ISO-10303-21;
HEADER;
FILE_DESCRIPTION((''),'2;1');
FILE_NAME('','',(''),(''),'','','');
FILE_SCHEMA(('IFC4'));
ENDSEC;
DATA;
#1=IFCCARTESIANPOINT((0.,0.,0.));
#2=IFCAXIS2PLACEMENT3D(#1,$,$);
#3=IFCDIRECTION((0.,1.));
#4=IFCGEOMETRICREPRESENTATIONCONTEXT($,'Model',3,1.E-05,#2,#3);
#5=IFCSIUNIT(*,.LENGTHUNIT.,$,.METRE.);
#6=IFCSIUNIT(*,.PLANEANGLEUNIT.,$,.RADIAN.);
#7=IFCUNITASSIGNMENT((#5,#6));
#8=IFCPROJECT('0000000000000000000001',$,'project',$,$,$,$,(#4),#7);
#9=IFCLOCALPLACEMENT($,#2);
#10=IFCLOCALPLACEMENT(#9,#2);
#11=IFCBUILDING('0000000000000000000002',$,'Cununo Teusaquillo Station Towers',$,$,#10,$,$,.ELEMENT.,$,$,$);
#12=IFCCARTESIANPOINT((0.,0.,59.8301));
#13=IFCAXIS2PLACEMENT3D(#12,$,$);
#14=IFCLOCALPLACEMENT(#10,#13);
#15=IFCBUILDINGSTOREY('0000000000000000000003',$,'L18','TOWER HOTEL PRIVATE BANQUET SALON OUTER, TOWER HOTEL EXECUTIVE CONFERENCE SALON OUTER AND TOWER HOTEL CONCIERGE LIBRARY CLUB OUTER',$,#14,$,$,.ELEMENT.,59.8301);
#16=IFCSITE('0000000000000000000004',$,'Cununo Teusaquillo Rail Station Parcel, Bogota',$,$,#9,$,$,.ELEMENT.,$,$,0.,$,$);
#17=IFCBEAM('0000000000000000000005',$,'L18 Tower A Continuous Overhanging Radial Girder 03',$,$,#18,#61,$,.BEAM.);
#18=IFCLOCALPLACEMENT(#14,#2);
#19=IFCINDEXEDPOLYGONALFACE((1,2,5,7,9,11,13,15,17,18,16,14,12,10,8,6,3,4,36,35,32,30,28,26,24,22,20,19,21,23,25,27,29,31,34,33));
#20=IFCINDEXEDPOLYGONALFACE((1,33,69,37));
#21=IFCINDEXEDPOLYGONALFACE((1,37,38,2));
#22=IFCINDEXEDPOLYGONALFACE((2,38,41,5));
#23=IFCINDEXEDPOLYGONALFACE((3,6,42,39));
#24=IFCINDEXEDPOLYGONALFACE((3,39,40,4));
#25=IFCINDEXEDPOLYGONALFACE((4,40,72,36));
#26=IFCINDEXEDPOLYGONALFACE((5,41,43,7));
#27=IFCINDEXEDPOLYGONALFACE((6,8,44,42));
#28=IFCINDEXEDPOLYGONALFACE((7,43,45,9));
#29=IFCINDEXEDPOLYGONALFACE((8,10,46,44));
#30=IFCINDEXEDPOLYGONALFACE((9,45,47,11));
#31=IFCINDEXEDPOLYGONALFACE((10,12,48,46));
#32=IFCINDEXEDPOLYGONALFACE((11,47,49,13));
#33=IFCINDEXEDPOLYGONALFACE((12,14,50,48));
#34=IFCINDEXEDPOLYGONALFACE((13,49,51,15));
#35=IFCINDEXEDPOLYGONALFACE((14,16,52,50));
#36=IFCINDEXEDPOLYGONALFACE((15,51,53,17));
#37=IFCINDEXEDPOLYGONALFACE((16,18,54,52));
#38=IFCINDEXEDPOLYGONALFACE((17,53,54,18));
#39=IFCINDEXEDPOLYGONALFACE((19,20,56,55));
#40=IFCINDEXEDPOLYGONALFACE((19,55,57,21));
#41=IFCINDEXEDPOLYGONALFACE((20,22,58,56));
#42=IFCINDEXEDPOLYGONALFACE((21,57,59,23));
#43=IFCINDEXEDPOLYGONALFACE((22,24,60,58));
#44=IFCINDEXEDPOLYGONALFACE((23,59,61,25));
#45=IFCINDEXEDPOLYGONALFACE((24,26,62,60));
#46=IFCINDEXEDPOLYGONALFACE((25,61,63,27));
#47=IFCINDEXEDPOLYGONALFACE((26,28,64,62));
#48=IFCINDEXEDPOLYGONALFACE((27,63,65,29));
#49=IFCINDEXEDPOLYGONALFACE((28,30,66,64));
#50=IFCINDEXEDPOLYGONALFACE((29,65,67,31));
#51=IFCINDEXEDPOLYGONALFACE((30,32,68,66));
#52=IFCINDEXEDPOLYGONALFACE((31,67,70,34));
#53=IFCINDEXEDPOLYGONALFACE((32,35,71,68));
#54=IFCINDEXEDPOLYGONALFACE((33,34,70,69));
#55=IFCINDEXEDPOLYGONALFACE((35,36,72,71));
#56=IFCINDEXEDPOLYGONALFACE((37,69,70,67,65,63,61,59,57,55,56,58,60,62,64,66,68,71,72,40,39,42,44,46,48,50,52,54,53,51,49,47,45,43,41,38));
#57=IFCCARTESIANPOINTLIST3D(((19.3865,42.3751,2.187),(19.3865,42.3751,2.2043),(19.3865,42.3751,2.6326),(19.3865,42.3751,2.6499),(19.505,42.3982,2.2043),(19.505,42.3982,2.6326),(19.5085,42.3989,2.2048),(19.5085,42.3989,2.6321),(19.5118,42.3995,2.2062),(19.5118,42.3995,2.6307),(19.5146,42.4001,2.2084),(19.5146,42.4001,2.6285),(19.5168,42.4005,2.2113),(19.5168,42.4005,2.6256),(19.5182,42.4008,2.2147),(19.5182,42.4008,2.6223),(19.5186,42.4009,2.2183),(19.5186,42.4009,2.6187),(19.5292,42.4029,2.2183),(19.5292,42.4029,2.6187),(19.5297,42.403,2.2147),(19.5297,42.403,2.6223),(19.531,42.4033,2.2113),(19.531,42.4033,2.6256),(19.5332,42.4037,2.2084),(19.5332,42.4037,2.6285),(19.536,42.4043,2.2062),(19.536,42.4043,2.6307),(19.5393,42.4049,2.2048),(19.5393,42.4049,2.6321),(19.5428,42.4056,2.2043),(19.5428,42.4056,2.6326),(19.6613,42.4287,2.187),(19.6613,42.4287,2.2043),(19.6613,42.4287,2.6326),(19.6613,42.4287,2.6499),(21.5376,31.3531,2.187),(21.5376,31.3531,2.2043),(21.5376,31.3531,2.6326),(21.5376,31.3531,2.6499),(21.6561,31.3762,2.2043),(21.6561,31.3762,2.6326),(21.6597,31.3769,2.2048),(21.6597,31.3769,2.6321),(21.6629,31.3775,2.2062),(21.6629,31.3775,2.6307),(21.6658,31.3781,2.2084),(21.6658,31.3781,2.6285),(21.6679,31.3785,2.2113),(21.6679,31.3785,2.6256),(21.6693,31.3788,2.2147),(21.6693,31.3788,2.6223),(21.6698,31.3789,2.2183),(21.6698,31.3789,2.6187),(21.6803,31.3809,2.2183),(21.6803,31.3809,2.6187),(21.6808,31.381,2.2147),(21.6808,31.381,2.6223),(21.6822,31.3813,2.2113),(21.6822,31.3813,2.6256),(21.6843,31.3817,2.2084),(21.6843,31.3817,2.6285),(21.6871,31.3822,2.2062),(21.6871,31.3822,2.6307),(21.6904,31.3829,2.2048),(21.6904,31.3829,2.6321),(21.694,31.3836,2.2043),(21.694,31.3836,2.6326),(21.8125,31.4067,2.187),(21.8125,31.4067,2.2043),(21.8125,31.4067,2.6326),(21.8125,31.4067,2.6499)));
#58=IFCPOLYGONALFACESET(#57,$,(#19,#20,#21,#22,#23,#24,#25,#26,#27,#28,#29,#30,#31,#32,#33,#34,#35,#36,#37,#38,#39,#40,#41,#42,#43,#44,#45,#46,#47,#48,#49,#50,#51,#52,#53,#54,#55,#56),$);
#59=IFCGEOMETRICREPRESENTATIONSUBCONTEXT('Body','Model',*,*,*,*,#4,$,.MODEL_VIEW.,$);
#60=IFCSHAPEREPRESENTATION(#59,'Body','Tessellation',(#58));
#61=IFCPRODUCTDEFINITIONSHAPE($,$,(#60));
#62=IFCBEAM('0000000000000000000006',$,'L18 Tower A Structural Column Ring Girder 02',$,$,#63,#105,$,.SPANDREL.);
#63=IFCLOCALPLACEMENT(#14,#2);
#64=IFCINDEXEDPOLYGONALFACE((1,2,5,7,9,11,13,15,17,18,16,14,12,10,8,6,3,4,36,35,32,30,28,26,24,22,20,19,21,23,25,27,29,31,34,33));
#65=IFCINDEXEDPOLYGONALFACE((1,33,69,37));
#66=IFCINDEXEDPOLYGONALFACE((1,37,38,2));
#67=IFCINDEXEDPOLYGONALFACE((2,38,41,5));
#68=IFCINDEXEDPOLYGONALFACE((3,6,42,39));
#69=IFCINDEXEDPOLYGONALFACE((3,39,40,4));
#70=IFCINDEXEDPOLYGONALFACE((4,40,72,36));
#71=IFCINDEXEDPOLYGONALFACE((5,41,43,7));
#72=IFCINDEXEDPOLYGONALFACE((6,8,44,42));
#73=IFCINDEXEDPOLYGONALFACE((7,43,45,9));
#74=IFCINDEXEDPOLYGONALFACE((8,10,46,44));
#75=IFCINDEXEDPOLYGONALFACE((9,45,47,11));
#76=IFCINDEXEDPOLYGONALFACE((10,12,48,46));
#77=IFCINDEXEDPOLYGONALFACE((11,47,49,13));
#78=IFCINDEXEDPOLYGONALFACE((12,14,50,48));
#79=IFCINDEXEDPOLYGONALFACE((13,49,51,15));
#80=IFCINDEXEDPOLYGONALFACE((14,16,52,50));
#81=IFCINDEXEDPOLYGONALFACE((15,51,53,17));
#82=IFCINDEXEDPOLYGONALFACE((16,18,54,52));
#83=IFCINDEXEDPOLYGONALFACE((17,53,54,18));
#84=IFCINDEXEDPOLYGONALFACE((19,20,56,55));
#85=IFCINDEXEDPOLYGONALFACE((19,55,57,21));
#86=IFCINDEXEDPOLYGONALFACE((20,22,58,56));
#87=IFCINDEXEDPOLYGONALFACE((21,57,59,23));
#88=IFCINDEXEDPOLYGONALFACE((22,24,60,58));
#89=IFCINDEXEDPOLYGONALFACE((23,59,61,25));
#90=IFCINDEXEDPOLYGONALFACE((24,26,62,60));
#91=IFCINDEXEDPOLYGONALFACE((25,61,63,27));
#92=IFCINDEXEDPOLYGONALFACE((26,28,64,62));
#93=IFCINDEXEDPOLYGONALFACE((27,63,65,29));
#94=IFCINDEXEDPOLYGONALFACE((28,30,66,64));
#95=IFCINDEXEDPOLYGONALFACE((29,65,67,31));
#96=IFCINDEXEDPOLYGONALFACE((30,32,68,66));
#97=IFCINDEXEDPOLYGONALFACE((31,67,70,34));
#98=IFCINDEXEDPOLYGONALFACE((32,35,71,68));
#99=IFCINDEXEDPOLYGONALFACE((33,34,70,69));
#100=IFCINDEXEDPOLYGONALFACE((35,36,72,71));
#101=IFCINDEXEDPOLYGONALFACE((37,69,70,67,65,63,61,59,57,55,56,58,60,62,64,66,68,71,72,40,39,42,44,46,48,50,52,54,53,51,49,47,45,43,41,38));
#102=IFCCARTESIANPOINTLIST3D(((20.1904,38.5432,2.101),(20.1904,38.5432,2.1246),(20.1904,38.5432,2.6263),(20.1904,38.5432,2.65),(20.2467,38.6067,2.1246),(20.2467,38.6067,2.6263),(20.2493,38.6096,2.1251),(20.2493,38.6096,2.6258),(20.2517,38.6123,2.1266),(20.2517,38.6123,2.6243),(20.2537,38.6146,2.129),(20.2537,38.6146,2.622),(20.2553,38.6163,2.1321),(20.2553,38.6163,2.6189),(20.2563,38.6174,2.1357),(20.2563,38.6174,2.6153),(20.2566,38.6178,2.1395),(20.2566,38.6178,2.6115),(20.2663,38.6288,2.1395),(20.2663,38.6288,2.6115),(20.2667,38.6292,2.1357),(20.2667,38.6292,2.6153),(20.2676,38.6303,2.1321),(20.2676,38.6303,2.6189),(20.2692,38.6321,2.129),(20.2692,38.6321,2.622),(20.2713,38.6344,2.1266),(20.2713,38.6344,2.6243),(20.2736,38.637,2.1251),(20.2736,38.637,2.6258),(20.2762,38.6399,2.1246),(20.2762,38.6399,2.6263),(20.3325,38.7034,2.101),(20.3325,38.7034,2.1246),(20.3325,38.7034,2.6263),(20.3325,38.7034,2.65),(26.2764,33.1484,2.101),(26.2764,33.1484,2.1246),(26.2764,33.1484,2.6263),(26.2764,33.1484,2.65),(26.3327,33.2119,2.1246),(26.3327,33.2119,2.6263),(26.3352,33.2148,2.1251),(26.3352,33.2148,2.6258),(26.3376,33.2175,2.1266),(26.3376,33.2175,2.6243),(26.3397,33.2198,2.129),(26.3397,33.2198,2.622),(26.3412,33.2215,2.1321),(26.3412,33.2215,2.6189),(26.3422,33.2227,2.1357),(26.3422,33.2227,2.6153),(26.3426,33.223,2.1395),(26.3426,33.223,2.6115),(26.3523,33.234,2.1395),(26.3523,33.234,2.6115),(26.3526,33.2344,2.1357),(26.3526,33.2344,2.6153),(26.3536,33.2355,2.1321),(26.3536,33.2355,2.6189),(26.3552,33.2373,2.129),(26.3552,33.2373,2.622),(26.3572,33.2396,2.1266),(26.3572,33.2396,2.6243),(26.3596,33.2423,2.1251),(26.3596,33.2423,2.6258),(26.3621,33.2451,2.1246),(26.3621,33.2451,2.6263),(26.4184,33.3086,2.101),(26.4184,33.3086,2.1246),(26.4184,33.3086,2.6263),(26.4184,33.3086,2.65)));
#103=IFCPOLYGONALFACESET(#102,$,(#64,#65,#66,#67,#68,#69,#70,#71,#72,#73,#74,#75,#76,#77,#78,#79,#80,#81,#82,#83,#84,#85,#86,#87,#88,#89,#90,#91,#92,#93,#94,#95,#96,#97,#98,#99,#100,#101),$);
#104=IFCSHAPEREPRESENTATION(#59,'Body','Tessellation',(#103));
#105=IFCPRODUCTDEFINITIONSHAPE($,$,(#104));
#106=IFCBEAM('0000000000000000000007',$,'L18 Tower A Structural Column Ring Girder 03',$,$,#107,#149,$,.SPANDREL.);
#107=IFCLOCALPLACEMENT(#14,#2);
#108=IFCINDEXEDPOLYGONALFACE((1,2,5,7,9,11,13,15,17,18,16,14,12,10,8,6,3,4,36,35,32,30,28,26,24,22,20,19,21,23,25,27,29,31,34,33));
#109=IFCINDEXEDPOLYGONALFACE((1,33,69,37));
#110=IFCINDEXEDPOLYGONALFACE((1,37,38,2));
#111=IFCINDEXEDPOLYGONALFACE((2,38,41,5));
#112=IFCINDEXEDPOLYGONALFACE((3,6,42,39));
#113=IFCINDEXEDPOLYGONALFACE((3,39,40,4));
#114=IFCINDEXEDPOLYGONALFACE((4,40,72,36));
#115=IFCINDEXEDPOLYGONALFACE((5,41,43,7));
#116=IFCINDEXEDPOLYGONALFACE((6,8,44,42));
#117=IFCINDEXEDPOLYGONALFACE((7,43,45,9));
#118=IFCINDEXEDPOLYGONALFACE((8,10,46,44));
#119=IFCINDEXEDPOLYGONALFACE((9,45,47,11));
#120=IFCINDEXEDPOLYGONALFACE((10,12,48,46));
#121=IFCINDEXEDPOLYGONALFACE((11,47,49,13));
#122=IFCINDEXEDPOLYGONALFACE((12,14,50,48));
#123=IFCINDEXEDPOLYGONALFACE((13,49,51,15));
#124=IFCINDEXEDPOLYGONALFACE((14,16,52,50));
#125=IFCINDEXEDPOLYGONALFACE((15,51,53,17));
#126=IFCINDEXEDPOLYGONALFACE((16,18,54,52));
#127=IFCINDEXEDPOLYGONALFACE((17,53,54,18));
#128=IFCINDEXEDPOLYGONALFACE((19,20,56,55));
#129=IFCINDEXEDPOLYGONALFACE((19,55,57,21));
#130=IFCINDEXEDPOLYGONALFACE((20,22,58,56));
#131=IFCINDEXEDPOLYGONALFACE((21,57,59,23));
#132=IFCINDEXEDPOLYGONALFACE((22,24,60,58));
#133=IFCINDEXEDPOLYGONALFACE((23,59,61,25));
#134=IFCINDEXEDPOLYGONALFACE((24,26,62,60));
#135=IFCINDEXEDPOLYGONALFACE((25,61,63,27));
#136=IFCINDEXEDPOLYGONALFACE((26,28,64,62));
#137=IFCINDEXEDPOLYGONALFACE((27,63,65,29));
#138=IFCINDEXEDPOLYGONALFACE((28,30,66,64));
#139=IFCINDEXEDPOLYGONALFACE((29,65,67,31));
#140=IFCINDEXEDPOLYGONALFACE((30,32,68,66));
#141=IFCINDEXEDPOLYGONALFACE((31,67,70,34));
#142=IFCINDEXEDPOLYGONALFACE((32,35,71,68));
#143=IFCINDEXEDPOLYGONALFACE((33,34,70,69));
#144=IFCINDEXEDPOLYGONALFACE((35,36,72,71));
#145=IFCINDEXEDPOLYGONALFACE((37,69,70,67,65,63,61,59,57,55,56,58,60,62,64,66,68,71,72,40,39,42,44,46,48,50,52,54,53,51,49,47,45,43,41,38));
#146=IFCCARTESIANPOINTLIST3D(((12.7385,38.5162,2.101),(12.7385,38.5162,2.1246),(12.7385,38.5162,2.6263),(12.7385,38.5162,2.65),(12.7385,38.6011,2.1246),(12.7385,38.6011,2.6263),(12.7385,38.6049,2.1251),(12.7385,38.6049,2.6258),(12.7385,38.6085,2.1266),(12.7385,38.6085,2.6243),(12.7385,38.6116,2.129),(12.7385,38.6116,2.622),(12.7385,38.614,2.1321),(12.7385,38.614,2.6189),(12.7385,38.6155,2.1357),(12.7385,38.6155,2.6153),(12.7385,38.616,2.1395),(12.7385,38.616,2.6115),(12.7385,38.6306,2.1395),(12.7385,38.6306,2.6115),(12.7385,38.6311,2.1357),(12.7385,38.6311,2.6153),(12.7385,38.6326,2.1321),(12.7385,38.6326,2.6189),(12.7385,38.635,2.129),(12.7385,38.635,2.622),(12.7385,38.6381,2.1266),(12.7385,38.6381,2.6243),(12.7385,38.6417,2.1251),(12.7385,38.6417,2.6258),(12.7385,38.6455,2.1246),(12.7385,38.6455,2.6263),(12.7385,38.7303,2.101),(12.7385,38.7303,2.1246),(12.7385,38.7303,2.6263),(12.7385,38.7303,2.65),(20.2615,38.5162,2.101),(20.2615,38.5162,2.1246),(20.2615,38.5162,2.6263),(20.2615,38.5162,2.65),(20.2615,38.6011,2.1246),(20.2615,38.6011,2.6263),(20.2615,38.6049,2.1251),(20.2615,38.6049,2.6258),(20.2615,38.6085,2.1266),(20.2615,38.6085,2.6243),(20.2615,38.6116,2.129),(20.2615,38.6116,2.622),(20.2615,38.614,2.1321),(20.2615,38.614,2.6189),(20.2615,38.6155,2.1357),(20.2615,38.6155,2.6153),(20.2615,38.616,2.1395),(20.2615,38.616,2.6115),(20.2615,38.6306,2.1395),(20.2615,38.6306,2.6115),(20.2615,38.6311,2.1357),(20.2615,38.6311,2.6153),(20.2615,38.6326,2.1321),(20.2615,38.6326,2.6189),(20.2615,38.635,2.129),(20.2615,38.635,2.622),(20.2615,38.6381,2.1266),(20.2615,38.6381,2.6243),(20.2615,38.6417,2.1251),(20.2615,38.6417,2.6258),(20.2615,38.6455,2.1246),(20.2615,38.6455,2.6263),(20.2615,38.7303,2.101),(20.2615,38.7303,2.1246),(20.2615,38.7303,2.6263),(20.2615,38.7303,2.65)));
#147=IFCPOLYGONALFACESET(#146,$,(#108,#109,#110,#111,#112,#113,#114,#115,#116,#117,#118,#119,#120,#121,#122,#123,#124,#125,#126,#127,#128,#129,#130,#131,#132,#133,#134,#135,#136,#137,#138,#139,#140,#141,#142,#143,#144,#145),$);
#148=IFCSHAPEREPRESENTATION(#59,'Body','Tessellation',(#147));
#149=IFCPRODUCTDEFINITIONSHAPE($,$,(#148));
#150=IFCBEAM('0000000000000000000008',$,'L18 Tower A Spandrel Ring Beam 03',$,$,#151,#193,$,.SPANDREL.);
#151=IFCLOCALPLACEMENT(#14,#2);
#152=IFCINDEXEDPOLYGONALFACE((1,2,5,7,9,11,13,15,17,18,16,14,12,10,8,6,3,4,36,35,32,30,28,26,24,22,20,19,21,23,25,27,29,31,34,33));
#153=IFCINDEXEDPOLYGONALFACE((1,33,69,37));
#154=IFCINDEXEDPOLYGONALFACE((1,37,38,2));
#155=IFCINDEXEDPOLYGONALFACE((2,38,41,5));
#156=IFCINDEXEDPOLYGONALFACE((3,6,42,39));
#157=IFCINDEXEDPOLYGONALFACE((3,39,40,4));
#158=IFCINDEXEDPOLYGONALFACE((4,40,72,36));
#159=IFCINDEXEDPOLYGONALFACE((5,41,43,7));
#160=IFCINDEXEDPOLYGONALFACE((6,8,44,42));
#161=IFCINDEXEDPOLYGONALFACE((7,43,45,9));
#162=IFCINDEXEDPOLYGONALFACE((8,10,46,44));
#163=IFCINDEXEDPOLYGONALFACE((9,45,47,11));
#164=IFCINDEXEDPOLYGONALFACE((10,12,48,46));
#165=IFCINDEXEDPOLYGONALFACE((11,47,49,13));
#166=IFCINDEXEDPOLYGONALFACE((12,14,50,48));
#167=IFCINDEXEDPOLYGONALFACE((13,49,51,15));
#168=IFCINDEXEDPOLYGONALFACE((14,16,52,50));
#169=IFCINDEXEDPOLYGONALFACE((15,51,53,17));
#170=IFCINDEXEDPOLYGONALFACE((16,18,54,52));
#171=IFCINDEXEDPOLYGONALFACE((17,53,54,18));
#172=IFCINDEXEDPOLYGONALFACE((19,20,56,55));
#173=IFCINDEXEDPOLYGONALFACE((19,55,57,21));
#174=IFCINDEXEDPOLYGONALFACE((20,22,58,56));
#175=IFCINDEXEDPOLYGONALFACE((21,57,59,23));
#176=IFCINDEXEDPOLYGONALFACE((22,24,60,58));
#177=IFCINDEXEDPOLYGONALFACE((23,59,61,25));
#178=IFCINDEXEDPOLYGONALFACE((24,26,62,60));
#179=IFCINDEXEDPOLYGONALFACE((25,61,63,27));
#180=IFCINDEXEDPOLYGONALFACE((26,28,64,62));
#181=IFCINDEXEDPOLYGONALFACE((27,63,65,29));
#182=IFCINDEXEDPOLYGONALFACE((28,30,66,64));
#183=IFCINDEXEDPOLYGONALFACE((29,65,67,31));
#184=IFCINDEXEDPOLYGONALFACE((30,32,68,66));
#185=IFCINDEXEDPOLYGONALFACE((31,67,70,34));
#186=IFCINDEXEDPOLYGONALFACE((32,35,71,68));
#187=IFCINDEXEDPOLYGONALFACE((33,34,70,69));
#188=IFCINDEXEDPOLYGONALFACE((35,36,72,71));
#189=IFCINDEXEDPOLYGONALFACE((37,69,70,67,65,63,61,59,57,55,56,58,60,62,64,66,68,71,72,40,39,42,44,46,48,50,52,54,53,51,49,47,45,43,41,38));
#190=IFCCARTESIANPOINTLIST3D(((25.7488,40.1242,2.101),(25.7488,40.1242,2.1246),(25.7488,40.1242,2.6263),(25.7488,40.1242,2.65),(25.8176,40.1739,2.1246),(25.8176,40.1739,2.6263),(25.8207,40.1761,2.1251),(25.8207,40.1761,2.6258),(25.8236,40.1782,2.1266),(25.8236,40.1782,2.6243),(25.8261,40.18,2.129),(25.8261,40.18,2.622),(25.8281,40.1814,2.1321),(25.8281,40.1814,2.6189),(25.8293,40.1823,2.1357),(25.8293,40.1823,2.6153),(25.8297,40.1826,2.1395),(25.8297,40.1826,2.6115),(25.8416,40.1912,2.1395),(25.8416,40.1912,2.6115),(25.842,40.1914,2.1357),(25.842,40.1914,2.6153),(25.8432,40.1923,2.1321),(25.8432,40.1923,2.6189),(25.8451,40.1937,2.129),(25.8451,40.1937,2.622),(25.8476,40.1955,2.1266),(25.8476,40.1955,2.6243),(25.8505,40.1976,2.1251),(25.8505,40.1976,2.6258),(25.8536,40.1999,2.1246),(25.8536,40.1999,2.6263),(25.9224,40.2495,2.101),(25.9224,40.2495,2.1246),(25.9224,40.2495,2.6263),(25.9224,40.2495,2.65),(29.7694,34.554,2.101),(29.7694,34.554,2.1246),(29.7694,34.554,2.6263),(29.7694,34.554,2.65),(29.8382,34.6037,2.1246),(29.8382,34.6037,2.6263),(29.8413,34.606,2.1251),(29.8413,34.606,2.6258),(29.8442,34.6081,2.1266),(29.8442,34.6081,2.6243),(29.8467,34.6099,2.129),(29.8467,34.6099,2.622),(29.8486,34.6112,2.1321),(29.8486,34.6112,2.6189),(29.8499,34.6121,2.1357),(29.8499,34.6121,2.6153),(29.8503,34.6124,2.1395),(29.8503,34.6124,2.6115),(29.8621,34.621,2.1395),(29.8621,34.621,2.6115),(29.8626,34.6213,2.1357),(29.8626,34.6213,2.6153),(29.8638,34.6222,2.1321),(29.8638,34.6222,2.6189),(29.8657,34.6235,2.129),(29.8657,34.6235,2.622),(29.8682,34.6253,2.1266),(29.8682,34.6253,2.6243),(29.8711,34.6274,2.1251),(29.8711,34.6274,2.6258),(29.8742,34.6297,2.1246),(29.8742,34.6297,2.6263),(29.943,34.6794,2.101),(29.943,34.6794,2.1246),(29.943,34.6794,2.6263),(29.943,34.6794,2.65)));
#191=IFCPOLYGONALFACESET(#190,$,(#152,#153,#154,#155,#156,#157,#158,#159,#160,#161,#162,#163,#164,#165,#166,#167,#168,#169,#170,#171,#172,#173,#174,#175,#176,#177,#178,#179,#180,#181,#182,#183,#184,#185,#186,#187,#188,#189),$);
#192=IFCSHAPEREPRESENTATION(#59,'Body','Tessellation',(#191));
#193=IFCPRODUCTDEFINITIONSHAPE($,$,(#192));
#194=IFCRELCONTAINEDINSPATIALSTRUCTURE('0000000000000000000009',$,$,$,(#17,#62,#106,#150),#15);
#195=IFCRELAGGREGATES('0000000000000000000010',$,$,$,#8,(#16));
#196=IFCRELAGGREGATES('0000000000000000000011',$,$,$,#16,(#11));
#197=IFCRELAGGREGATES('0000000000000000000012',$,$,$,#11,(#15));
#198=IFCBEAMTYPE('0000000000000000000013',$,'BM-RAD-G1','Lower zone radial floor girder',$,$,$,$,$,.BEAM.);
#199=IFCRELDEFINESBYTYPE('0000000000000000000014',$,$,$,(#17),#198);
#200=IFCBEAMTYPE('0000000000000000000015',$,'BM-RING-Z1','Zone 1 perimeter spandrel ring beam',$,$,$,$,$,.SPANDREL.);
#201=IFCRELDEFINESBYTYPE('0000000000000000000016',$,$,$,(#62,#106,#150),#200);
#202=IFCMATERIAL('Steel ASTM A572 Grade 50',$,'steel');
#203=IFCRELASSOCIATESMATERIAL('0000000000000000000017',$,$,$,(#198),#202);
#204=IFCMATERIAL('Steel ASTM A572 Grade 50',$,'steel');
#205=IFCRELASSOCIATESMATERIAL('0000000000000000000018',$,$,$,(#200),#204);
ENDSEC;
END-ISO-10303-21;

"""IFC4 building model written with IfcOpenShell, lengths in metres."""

from ifc_helpers import new_model, si_unit, direction, frame, origin, origin_2d, place, context, subcontext, project, spatial, i_section, extrude, material, material_profile, profile_set, type_object, element, save


model = new_model("IFC4")

# Units and contexts
model_context = context("Model", 3, precision=1e-05, world=origin(), true_north=direction((0.0, 1.0)))
body_context = subcontext(model_context, "Body", "Model", "MODEL_VIEW")
ifc_project = project(units=[si_unit("LENGTHUNIT", "METRE"), si_unit("PLANEANGLEUNIT", "RADIAN")], contexts=[model_context])

# Site, building, storey
site_placement = place(None, origin())
site = spatial("IfcSite", under=ifc_project, at=site_placement, Name="Cununo Teusaquillo Rail Station Parcel, Bogota", CompositionType="ELEMENT", RefElevation=0.0)
building_placement = place(site_placement, origin())
building = spatial("IfcBuilding", under=site, at=building_placement, Name="Cununo Teusaquillo Station Towers", CompositionType="ELEMENT")
storey_placement = place(building_placement, frame((0.0, 0.0, 59.8301)))
storey = spatial("IfcBuildingStorey", under=building, at=storey_placement, Name="L18", Description="TOWER HOTEL PRIVATE BANQUET SALON OUTER, TOWER HOTEL EXECUTIVE CONFERENCE SALON OUTER AND TOWER HOTEL CONCIERGE LIBRARY CLUB OUTER", CompositionType="ELEMENT", Elevation=59.8301)

# Beams
ifc_material_1 = material(Name="Steel ASTM A572 Grade 50", Category="steel")
ifc_material_profile_1 = material_profile(ifc_material_1, i_section(OverallWidth=0.28, OverallDepth=0.4629, WebThickness=0.0107, FlangeThickness=0.0173, FilletRadius=0.0139, at=origin_2d()), Name="W18X76")
ifc_profile_set_1 = profile_set([ifc_material_profile_1], Name="Steel ASTM A572 Grade 50")
beam_type_1 = type_object("IfcBeamType", Name="BM-RAD-G1", Description="Lower zone radial floor girder", PredefinedType="BEAM", material=ifc_profile_set_1)
beam_1_placement = place(storey_placement, frame((21.675, 31.3799, 2.4185), z_axis=(-0.191553, 0.981482, 0.0), x_axis=(-0.981482, -0.191553, 0.0)))
element("IfcBeam", 1, at=beam_1_placement, inside=storey, type_object=beam_type_1, Name="L18 Tower A Continuous Overhanging Radial Girder 03", PredefinedType="BEAM", context=body_context, shape_type="SweptSolid", body=[
    extrude(i_section(OverallWidth=0.28, OverallDepth=0.4629, WebThickness=0.0107, FlangeThickness=0.0173, FilletRadius=0.0139, at=origin_2d()), origin(), (0.0, 0.0, 1.0), 11.23),
])
ifc_material_2 = material(Name="Steel ASTM A572 Grade 50", Category="steel")
ifc_material_profile_2 = material_profile(ifc_material_2, i_section(OverallWidth=0.2141, OverallDepth=0.5491, WebThickness=0.0146, FlangeThickness=0.0237, FilletRadius=0.0149, at=origin_2d()), Name="W21X93")
ifc_profile_set_2 = profile_set([ifc_material_profile_2], Name="Steel ASTM A572 Grade 50")
beam_type_2 = type_object("IfcBeamType", Name="BM-RING-Z1", Description="Zone 1 perimeter spandrel ring beam", PredefinedType="SPANDREL", material=ifc_profile_set_2)
beam_2_placement = place(storey_placement, frame((26.3474, 33.2285, 2.3755), z_axis=(-0.748321, 0.663337, 0.0), x_axis=(-0.663337, -0.748321, 0.0)))
element("IfcBeam", 2, at=beam_2_placement, inside=storey, type_object=beam_type_2, Name="L18 Tower A Structural Column Ring Girder 02", PredefinedType="SPANDREL", context=body_context, shape_type="SweptSolid", body=[
    extrude(i_section(OverallWidth=0.2141, OverallDepth=0.5491, WebThickness=0.0146, FlangeThickness=0.0237, FilletRadius=0.0149, at=origin_2d()), origin(), (0.0, 0.0, 1.0), 8.1328),
])
beam_3_placement = place(storey_placement, frame((20.2615, 38.6233, 2.3755), z_axis=(-1.0, 0.0, 0.0), x_axis=(0.0, -1.0, 0.0)))
element("IfcBeam", 3, at=beam_3_placement, inside=storey, type_object=beam_type_2, Name="L18 Tower A Structural Column Ring Girder 03", PredefinedType="SPANDREL", context=body_context, shape_type="SweptSolid", body=[
    extrude(i_section(OverallWidth=0.2141, OverallDepth=0.5491, WebThickness=0.0146, FlangeThickness=0.0237, FilletRadius=0.0149, at=origin_2d()), origin(), (0.0, 0.0, 1.0), 7.5229),
])
beam_4_placement = place(storey_placement, frame((29.8562, 34.6167, 2.3755), z_axis=(-0.585269, 0.810839, 0.0), x_axis=(-0.810839, -0.585269, 0.0)))
element("IfcBeam", 4, at=beam_4_placement, inside=storey, type_object=beam_type_2, Name="L18 Tower A Spandrel Ring Beam 03", PredefinedType="SPANDREL", context=body_context, shape_type="SweptSolid", body=[
    extrude(i_section(OverallWidth=0.2141, OverallDepth=0.5491, WebThickness=0.0146, FlangeThickness=0.0237, FilletRadius=0.0149, at=origin_2d()), origin(), (0.0, 0.0, 1.0), 6.8696),
])

save(model, "model.ifc")
